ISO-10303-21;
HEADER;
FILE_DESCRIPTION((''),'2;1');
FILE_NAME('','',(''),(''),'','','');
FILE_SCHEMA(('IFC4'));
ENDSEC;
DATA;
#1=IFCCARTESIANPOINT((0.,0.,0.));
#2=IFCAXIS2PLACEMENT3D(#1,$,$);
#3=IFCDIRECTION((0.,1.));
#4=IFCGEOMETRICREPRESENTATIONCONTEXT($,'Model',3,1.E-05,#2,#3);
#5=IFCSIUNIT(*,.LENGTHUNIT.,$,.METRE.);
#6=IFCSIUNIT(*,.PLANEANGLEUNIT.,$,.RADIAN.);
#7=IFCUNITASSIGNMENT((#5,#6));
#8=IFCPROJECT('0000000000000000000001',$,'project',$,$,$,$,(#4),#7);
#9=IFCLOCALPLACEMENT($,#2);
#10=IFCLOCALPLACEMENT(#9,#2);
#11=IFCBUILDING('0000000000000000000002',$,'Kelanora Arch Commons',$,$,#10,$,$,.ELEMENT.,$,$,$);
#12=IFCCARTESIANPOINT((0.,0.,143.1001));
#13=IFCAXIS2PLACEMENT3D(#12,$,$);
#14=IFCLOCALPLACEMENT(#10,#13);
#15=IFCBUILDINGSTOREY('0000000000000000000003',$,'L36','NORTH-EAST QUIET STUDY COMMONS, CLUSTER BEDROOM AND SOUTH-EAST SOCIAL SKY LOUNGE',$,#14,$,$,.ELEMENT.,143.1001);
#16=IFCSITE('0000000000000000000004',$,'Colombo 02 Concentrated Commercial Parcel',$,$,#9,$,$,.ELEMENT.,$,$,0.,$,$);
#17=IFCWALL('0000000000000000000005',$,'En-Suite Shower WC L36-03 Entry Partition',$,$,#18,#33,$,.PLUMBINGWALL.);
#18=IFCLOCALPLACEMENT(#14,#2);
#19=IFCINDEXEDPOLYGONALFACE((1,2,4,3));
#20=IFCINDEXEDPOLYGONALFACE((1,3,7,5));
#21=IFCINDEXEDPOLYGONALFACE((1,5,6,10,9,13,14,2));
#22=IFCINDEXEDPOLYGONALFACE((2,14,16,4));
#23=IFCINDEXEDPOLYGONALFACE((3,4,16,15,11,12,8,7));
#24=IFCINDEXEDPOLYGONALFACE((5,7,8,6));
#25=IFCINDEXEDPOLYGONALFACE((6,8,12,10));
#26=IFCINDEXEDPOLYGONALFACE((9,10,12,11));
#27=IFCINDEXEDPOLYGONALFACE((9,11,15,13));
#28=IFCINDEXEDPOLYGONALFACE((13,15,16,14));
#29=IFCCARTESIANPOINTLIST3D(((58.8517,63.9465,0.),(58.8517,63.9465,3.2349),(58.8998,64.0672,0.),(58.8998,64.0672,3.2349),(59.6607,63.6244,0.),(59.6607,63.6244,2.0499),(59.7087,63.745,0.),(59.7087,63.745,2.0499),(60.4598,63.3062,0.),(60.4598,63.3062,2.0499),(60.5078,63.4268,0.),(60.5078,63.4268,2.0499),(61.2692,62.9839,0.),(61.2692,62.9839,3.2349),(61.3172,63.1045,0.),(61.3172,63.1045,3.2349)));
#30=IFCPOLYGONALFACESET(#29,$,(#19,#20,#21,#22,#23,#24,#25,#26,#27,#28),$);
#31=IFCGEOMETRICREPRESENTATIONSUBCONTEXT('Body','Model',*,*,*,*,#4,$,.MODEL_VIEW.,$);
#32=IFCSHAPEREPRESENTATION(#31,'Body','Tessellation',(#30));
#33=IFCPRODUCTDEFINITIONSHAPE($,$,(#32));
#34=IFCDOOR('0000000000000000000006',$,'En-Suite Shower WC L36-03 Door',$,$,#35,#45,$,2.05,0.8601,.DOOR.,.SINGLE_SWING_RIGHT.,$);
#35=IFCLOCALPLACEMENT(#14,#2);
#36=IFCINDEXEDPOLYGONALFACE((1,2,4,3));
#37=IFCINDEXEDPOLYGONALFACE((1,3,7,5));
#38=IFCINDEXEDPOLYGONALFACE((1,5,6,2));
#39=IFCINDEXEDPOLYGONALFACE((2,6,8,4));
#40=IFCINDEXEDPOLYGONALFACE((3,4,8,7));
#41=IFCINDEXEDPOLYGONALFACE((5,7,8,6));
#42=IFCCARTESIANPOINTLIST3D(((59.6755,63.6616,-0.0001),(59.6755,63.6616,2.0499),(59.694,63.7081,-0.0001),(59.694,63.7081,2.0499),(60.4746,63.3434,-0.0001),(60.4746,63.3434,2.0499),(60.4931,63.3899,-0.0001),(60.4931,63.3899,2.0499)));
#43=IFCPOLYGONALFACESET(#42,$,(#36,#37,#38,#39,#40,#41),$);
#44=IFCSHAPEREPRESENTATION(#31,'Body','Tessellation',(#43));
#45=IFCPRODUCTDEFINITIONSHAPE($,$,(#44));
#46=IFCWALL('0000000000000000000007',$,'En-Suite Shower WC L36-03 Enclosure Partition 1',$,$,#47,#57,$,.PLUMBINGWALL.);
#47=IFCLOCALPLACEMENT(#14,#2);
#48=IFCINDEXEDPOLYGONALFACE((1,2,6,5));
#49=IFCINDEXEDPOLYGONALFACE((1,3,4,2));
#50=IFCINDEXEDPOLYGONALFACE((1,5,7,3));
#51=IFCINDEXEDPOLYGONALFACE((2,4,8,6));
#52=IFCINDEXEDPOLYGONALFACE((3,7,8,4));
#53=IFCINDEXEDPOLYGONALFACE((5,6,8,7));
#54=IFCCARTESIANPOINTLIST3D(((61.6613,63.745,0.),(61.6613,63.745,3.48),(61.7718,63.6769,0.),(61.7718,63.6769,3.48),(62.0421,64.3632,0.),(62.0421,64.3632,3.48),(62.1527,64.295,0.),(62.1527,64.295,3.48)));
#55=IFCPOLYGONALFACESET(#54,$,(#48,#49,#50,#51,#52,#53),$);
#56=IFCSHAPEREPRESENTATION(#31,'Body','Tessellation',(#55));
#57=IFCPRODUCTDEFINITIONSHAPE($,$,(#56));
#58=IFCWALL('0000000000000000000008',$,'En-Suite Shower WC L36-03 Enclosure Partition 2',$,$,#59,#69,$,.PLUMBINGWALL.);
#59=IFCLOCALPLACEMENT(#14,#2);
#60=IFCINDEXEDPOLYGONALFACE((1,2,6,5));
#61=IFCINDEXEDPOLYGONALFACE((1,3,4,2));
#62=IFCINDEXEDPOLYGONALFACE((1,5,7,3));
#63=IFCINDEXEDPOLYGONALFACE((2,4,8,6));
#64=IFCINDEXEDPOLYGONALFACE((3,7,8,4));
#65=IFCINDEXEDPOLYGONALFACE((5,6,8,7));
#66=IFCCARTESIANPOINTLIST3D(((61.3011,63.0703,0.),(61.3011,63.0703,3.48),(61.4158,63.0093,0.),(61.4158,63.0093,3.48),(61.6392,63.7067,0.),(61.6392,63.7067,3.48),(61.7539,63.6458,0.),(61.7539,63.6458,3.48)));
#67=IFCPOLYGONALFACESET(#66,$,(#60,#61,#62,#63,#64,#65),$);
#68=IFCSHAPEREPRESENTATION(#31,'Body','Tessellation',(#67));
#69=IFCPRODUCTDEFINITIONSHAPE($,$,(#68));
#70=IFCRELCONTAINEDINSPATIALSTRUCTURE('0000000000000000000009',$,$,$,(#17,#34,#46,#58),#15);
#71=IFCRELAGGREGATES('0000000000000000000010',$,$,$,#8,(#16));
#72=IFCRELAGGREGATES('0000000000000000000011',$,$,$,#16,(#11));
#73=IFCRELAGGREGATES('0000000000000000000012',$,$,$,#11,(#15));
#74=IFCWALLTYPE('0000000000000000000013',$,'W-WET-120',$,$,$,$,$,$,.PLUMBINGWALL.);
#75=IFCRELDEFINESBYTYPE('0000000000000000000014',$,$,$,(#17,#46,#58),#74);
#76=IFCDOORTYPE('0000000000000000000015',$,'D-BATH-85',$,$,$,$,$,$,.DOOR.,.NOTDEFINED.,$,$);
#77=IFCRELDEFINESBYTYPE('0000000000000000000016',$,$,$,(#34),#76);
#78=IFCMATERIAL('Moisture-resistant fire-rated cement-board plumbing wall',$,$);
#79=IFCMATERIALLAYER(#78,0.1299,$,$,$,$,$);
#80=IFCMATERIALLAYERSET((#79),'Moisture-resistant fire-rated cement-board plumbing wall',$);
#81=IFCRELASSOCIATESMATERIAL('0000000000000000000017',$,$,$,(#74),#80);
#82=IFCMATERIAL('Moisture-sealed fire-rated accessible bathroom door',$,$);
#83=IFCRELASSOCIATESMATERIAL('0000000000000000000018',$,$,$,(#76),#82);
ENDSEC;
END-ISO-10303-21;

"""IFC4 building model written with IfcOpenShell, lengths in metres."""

from ifc_helpers import new_model, si_unit, direction, frame, frame_2d, origin, place, context, subcontext, project, spatial, rectangle, extrude, material, layer, layer_set, type_object, element, fill, save


model = new_model("IFC4")

# Units and contexts
model_context = context("Model", 3, precision=1e-05, world=origin(), true_north=direction((0.0, 1.0)))
body_context = subcontext(model_context, "Body", "Model", "MODEL_VIEW")
ifc_project = project(units=[si_unit("LENGTHUNIT", "METRE"), si_unit("PLANEANGLEUNIT", "RADIAN")], contexts=[model_context])

# Site, building, storey
site_placement = place(None, origin())
site = spatial("IfcSite", under=ifc_project, at=site_placement, Name="Colombo 02 Concentrated Commercial Parcel", CompositionType="ELEMENT", RefElevation=0.0)
building_placement = place(site_placement, origin())
building = spatial("IfcBuilding", under=site, at=building_placement, Name="Kelanora Arch Commons", CompositionType="ELEMENT")
storey_placement = place(building_placement, frame((0.0, 0.0, 143.1001)))
storey = spatial("IfcBuildingStorey", under=building, at=storey_placement, Name="L36", Description="NORTH-EAST QUIET STUDY COMMONS, CLUSTER BEDROOM AND SOUTH-EAST SOCIAL SKY LOUNGE", CompositionType="ELEMENT", Elevation=143.1001)

# Wall, opening, door
ifc_material_1 = material(Name="Moisture-resistant fire-rated cement-board plumbing wall")
ifc_layer_1 = layer(ifc_material_1, 0.1299)
ifc_layer_set_1 = layer_set([ifc_layer_1], Name="Moisture-resistant fire-rated cement-board plumbing wall")
wall_type_1 = type_object("IfcWallType", Name="W-WET-120", PredefinedType="PLUMBINGWALL", material=ifc_layer_set_1)
ifc_material_2 = material(Name="Moisture-sealed fire-rated accessible bathroom door")
door_type_1 = type_object("IfcDoorType", Name="D-BATH-85", OperationType="NOTDEFINED", PredefinedType="DOOR", material=ifc_material_2)
wall_1_placement = place(storey_placement, frame((61.2932, 63.0442, 0.0), z_axis=(0.0, 0.0, 1.0), x_axis=(-0.929051, 0.369951, 0.0)))
wall_1 = element("IfcWall", 1, at=wall_1_placement, inside=storey, type_object=wall_type_1, Name="En-Suite Shower WC L36-03 Entry Partition", PredefinedType="PLUMBINGWALL", context=body_context, shape_type="SweptSolid", body=[
    extrude(rectangle(XDim=2.6021, YDim=0.1299, at=frame_2d((1.301, 0.0))), origin(), (0.0, 0.0, 1.0), 3.2349),
])
opening_1_placement = place(wall_1_placement, frame((0.8711, 0.0, 0.0)))
opening_1 = element("IfcOpeningElement", 2, at=opening_1_placement, cuts=wall_1, PredefinedType="OPENING", context=body_context, shape_type="SweptSolid", body=[
    extrude(rectangle(XDim=0.8601, YDim=2.05, at=frame_2d((0.4302, 1.0249))), frame((0.0, 0.075, 0.0), z_axis=(0.0, -1.0, 0.0), x_axis=(1.0, 0.0, 0.0)), (0.0, 0.0, 1.0), 0.1499),
])
door_1_placement = place(opening_1_placement, origin())
door_1 = element("IfcDoor", 3, at=door_1_placement, inside=storey, type_object=door_type_1, Name="En-Suite Shower WC L36-03 Door", OperationType="SINGLE_SWING_RIGHT", OverallHeight=2.05, OverallWidth=0.8601, PredefinedType="DOOR", context=body_context, shape_type="SweptSolid", body=[
    extrude(rectangle(XDim=0.8601, YDim=2.05, at=frame_2d((0.4302, 1.0249))), frame((0.0, 0.0249, 0.0), z_axis=(0.0, -1.0, 0.0), x_axis=(1.0, 0.0, 0.0)), (0.0, 0.0, 1.0), 0.05),
])
fill(opening_1, door_1)

# Walls
wall_2_placement = place(storey_placement, frame((62.0974, 64.3291, 0.0), z_axis=(0.0, 0.0, 1.0), x_axis=(-0.524548, -0.851381, 0.0)))
element("IfcWall", 4, at=wall_2_placement, inside=storey, type_object=wall_type_1, Name="En-Suite Shower WC L36-03 Enclosure Partition 1", PredefinedType="PLUMBINGWALL", context=body_context, shape_type="SweptSolid", body=[
    extrude(rectangle(XDim=0.7261, YDim=0.1299, at=frame_2d((0.363, 0.0))), origin(), (0.0, 0.0, 1.0), 3.48),
])
wall_3_placement = place(storey_placement, frame((61.6965, 63.6763, 0.0), z_axis=(0.0, 0.0, 1.0), x_axis=(-0.469163, -0.883111, 0.0)))
element("IfcWall", 5, at=wall_3_placement, inside=storey, type_object=wall_type_1, Name="En-Suite Shower WC L36-03 Enclosure Partition 2", PredefinedType="PLUMBINGWALL", context=body_context, shape_type="SweptSolid", body=[
    extrude(rectangle(XDim=0.7207, YDim=0.1299, at=frame_2d((0.3604, 0.0))), origin(), (0.0, 0.0, 1.0), 3.48),
])

save(model, "model.ifc")
